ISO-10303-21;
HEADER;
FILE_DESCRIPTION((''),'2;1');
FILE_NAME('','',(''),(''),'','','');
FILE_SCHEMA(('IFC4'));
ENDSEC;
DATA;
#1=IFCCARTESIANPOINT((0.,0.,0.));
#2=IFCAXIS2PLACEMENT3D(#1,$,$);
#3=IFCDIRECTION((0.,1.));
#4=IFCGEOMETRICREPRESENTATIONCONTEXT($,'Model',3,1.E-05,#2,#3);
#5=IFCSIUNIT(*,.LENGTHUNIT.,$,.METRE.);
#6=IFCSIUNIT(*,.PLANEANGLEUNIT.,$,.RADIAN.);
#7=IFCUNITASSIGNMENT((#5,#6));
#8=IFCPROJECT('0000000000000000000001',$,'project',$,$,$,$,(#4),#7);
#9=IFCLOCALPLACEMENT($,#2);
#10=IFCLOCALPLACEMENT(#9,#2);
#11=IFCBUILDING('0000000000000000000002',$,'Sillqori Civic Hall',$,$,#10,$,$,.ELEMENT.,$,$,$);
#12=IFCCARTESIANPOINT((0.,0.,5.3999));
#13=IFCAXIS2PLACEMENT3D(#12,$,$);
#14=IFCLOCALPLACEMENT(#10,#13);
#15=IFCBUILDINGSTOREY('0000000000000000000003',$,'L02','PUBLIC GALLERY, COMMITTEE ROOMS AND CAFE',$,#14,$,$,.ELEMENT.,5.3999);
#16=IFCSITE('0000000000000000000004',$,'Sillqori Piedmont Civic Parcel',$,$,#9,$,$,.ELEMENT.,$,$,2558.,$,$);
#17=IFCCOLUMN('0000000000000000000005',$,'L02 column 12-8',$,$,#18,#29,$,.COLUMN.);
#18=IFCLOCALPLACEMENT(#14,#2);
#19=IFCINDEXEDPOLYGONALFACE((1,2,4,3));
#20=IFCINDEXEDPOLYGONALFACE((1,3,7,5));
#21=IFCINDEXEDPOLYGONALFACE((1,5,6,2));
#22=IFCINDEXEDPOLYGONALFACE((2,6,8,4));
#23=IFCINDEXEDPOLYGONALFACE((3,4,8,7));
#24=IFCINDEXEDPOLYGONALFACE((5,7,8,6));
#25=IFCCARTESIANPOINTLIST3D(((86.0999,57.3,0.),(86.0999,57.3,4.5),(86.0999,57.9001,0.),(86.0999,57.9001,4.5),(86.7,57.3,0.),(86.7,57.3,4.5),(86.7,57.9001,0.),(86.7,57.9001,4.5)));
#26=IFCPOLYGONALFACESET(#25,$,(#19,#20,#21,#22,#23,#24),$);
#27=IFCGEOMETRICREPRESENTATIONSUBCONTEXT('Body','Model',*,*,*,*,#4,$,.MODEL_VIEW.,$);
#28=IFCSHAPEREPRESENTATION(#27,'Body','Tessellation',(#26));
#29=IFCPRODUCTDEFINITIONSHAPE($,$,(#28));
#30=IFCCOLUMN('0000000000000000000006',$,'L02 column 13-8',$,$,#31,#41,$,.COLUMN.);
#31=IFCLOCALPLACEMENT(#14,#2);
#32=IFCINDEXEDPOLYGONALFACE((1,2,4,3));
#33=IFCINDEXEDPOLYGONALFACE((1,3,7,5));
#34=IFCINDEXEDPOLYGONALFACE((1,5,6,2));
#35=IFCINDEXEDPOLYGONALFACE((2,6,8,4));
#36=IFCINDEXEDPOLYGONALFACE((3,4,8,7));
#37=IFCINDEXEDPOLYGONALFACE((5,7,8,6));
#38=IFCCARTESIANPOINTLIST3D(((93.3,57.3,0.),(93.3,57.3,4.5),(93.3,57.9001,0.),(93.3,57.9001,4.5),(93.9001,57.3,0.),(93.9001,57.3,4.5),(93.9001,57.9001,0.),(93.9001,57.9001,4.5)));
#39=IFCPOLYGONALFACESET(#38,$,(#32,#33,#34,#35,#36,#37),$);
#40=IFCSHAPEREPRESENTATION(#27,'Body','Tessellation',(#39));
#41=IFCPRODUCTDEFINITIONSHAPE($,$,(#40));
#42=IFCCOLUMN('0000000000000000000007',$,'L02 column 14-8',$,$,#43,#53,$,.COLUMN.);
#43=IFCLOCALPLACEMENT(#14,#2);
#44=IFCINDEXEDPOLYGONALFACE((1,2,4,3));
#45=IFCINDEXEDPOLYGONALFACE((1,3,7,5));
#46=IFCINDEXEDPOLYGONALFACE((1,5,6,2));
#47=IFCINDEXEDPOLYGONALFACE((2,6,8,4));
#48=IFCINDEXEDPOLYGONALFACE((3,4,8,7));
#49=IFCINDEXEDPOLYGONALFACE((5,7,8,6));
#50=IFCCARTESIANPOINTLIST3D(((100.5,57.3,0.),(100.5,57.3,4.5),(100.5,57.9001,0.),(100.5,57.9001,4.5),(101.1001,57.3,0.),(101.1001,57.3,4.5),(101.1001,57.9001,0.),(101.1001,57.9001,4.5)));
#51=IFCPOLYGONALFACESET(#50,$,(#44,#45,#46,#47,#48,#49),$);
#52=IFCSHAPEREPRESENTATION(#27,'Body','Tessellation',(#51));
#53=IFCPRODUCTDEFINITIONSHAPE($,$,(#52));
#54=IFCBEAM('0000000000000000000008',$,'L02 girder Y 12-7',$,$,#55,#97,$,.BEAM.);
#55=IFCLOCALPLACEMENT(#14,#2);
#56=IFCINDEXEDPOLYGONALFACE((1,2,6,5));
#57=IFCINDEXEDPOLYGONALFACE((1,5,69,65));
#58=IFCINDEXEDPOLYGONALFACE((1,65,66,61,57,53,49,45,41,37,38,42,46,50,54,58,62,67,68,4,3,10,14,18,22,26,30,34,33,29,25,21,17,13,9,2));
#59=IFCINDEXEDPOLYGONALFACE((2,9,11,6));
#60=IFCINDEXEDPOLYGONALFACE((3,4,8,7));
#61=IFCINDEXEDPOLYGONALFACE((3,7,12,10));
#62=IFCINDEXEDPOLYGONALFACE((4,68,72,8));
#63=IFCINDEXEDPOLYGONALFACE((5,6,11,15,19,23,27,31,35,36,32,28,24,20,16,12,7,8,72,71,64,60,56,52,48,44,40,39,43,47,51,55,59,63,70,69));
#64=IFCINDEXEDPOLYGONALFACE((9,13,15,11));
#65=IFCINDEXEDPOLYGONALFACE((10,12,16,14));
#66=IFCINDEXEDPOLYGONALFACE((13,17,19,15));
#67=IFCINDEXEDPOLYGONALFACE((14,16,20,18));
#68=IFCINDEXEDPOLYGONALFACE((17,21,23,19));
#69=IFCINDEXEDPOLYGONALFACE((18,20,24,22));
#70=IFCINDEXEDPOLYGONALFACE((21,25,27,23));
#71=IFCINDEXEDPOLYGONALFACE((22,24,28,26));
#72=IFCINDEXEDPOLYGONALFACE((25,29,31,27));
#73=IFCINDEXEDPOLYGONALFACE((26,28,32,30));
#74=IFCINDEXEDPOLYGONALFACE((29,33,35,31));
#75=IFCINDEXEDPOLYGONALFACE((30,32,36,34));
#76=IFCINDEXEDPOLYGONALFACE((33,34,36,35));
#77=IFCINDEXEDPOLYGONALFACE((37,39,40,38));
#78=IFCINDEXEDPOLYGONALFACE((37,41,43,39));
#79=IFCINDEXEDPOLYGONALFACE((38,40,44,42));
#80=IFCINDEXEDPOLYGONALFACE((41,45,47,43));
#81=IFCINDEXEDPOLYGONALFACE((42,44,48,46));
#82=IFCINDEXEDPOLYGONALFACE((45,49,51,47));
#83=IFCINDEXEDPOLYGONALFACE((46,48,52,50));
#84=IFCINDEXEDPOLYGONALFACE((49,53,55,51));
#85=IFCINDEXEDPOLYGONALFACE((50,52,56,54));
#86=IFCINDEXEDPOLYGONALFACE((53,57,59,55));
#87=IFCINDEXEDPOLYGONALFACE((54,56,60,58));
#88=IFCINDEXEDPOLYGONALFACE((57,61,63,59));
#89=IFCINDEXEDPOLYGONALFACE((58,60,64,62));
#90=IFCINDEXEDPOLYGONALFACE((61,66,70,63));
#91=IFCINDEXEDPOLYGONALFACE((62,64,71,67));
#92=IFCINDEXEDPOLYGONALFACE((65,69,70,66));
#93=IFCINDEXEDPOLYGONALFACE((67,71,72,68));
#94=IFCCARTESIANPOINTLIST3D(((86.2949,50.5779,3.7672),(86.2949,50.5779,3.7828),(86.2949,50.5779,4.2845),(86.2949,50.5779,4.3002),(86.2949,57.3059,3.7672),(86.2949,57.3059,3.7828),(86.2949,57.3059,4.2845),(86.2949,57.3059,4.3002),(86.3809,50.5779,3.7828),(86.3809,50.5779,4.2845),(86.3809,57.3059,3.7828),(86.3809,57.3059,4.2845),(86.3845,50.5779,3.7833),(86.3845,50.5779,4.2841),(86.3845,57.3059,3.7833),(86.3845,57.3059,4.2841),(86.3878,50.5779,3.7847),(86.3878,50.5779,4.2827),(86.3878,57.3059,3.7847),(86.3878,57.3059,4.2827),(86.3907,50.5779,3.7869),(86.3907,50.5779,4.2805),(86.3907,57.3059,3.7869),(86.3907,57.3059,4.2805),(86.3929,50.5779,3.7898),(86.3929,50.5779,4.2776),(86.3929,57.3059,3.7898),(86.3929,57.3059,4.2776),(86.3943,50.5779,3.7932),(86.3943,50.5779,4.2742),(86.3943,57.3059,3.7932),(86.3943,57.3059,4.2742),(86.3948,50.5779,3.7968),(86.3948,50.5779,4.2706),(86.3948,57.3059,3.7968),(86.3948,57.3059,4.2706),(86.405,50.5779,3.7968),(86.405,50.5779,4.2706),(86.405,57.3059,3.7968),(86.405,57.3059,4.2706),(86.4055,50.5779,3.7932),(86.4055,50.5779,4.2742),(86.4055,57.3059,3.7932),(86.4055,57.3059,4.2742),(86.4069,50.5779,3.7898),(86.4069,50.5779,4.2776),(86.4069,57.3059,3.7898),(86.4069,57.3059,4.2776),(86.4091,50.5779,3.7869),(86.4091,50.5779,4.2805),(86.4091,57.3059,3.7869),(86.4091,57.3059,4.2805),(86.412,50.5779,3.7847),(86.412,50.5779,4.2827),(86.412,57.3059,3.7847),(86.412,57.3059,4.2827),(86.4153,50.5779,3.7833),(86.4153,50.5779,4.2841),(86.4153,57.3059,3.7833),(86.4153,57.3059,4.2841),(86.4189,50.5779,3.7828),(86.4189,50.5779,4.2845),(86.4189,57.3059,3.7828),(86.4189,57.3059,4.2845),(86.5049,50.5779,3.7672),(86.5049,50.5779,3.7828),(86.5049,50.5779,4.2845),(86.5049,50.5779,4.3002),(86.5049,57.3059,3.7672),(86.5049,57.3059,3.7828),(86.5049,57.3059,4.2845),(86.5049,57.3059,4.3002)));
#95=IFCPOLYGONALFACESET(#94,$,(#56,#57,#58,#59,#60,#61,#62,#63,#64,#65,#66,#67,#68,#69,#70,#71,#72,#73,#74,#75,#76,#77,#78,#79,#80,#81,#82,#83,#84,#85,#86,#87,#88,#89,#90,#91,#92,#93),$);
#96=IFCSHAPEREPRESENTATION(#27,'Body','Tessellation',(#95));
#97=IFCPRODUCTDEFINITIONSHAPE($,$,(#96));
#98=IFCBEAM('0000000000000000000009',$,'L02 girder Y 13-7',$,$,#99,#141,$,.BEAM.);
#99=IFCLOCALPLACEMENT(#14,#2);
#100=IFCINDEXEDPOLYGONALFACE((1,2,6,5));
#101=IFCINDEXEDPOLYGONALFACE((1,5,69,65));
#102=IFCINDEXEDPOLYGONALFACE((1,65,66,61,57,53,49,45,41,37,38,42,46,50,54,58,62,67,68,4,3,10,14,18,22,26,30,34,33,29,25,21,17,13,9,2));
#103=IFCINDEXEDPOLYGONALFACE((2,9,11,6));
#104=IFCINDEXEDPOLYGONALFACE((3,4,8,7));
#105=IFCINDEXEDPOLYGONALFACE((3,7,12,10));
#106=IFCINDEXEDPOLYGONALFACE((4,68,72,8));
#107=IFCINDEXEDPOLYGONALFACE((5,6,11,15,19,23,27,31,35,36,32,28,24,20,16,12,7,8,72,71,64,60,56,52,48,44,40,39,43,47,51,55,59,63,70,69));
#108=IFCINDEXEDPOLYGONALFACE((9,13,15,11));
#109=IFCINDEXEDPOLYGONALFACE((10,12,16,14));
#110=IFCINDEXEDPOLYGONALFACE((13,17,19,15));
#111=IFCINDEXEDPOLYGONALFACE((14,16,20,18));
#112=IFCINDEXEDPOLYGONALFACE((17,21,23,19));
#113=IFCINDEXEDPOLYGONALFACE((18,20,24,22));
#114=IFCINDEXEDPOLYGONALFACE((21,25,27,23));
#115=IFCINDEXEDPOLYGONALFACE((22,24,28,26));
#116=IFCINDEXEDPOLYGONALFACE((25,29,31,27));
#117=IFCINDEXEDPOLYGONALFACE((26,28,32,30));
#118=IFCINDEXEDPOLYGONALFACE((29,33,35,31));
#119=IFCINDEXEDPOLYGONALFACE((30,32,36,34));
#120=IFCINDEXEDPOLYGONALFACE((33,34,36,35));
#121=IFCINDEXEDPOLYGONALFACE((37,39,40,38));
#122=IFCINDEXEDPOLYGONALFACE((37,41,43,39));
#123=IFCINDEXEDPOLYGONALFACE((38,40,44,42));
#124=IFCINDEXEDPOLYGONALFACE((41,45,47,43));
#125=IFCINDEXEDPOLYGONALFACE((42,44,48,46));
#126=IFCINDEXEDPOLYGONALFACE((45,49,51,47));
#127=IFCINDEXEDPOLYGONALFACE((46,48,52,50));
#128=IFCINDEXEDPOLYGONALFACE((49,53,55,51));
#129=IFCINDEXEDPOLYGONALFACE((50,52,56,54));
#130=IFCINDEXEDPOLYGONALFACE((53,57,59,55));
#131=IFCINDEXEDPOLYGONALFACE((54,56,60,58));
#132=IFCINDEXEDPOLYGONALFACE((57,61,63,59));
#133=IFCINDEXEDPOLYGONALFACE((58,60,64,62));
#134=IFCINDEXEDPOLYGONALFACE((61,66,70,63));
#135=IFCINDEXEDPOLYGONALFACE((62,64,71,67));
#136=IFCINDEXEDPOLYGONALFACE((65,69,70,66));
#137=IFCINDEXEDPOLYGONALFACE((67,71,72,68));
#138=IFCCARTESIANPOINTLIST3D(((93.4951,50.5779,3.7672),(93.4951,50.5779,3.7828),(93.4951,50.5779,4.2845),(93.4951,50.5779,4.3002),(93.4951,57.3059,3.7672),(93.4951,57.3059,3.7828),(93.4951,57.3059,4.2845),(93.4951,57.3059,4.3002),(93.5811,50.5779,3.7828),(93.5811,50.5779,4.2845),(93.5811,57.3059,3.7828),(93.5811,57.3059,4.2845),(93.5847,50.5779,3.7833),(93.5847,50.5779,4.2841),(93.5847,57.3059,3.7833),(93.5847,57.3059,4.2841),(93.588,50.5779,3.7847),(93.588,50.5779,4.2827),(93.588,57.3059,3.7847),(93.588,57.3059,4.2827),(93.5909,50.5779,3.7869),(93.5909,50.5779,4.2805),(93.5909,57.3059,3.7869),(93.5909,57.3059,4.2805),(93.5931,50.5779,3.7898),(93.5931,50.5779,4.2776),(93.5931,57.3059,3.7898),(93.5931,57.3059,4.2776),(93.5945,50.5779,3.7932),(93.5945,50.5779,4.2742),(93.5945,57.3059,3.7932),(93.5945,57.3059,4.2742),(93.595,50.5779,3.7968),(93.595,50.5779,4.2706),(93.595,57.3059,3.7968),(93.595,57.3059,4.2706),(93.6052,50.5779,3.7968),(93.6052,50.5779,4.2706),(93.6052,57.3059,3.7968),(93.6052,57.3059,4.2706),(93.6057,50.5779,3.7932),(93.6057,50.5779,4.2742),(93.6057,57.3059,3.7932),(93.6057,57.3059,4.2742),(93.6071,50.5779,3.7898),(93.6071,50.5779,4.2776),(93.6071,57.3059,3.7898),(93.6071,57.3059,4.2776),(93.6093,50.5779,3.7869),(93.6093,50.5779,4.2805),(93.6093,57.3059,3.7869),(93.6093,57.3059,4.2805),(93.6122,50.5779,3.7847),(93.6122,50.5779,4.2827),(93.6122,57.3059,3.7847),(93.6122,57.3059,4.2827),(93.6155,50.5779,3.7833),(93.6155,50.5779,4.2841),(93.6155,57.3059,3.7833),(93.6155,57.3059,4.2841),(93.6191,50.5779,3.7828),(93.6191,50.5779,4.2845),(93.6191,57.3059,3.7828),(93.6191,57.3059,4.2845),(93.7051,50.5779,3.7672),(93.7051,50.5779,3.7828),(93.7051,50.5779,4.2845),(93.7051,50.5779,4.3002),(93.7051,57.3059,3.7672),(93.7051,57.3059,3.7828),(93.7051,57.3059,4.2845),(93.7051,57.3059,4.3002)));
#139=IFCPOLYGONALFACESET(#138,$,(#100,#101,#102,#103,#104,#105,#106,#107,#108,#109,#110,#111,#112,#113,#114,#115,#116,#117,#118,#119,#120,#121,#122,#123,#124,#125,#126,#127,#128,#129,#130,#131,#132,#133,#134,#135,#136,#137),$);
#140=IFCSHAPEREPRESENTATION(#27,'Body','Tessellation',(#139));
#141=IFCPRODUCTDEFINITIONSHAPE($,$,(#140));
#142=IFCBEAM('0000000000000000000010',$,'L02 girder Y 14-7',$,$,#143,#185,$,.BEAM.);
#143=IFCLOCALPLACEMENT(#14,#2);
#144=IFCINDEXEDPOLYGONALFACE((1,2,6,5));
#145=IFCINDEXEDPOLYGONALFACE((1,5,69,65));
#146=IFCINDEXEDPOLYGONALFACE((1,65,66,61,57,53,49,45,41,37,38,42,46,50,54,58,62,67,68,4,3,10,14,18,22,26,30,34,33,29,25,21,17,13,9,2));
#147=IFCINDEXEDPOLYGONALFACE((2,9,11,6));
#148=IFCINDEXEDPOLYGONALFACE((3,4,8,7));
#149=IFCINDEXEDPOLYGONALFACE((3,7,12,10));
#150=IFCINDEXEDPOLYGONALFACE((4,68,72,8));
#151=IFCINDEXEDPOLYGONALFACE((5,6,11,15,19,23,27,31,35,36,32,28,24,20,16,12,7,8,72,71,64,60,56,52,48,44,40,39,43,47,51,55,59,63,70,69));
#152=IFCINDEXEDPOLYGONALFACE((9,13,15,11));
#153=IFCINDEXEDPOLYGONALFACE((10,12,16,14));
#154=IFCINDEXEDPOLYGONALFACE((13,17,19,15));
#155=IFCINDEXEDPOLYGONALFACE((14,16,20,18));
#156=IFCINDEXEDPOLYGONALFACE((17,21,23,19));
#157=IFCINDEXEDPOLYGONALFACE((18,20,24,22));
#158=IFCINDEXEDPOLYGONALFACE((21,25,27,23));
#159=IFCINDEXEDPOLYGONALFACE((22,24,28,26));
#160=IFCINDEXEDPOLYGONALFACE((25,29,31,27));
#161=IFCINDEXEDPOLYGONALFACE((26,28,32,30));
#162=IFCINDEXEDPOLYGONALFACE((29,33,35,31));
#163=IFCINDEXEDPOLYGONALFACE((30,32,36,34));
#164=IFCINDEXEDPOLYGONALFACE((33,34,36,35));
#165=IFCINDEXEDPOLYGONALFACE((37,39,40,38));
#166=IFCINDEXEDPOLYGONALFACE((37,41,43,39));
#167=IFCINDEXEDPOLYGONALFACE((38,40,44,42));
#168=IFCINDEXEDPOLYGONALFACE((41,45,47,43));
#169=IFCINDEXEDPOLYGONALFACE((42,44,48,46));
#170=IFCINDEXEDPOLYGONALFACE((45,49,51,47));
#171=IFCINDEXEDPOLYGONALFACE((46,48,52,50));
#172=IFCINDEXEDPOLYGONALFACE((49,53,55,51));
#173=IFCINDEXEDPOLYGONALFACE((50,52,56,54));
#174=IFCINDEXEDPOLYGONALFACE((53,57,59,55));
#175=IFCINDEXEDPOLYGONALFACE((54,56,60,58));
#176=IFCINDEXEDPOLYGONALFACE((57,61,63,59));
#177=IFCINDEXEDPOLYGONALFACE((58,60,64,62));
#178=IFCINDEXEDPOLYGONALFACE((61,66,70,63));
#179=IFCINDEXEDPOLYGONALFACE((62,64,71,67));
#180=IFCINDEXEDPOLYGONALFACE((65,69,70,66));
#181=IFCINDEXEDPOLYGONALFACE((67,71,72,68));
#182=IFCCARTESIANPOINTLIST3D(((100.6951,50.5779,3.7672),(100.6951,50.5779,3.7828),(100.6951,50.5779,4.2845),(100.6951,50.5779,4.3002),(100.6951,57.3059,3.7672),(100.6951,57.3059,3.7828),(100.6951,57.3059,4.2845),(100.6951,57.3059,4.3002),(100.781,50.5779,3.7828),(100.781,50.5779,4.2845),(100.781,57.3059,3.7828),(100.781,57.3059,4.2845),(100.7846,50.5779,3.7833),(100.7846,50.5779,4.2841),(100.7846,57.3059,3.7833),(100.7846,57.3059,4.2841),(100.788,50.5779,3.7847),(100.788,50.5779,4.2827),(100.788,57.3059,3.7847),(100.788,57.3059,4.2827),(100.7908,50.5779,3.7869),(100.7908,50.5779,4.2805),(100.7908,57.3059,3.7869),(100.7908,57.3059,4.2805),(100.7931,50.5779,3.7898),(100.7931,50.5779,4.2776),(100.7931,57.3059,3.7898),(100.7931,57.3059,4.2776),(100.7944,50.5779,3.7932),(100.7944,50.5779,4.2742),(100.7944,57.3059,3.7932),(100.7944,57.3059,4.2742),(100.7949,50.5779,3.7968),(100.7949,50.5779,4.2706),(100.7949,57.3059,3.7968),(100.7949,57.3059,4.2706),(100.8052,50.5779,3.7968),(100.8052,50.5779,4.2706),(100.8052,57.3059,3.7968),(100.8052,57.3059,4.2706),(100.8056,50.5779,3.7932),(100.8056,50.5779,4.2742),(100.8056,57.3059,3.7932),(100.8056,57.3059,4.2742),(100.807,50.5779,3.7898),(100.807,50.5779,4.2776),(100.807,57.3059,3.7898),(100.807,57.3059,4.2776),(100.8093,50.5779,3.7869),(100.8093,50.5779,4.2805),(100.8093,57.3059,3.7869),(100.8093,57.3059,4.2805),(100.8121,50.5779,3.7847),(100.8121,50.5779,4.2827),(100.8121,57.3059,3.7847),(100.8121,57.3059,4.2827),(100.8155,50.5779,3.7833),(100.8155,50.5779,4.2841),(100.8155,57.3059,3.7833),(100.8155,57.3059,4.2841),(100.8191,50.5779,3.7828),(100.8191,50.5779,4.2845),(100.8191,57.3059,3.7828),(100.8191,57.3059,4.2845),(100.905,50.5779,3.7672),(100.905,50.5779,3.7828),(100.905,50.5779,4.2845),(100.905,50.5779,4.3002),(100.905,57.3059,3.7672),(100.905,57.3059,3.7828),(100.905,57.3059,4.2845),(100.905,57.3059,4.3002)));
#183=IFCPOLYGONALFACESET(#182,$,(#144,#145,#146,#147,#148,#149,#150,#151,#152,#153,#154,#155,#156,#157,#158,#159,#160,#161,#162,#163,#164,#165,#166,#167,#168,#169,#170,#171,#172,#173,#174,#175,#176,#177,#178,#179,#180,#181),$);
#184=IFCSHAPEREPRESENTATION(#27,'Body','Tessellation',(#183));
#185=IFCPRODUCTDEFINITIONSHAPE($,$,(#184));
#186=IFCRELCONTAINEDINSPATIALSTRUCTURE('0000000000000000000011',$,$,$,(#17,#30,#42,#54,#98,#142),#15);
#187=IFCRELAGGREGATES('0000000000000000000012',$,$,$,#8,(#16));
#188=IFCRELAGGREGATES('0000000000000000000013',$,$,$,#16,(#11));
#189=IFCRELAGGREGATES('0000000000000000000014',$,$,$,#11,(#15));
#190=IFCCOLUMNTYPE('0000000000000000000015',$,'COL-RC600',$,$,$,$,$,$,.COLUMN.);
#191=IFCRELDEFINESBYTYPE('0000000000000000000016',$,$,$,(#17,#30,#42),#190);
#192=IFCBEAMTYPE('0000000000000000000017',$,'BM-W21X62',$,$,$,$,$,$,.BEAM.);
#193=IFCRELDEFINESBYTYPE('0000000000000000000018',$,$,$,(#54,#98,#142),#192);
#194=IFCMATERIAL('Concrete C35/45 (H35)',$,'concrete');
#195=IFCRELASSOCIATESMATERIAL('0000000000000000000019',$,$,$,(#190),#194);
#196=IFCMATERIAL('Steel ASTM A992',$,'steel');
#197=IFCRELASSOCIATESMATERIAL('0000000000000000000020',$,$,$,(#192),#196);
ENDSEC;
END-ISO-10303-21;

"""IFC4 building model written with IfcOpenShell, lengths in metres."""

from ifc_helpers import new_model, si_unit, direction, frame, origin, origin_2d, place, context, subcontext, project, spatial, rectangle, i_section, extrude, material, material_profile, profile_set, type_object, element, save


model = new_model("IFC4")

# Units and contexts
model_context = context("Model", 3, precision=1e-05, world=origin(), true_north=direction((0.0, 1.0)))
body_context = subcontext(model_context, "Body", "Model", "MODEL_VIEW")
ifc_project = project(units=[si_unit("LENGTHUNIT", "METRE"), si_unit("PLANEANGLEUNIT", "RADIAN")], contexts=[model_context])

# Site, building, storey
site_placement = place(None, origin())
site = spatial("IfcSite", under=ifc_project, at=site_placement, Name="Sillqori Piedmont Civic Parcel", CompositionType="ELEMENT", RefElevation=2558.0)
building_placement = place(site_placement, origin())
building = spatial("IfcBuilding", under=site, at=building_placement, Name="Sillqori Civic Hall", CompositionType="ELEMENT")
storey_placement = place(building_placement, frame((0.0, 0.0, 5.3999)))
storey = spatial("IfcBuildingStorey", under=building, at=storey_placement, Name="L02", Description="PUBLIC GALLERY, COMMITTEE ROOMS AND CAFE", CompositionType="ELEMENT", Elevation=5.3999)

# Columns
ifc_material_1 = material(Name="Concrete C35/45 (H35)", Category="concrete")
ifc_material_profile_1 = material_profile(ifc_material_1, rectangle(XDim=0.6001, YDim=0.6001, at=origin_2d()), Name="RC 600x600")
ifc_profile_set_1 = profile_set([ifc_material_profile_1], Name="Concrete C35/45 (H35)")
column_type = type_object("IfcColumnType", Name="COL-RC600", PredefinedType="COLUMN", material=ifc_profile_set_1)
for number, where, z_axis, x_axis, name in (
    (1, (86.3999, 57.6001, 0.0), (0.0, 0.0, 1.0), (1.0, 0.0, 0.0), "L02 column 12-8"),
    (2, (93.6001, 57.6001, 0.0), (0.0, 0.0, 1.0), (1.0, 0.0, 0.0), "L02 column 13-8"),
    (3, (100.8, 57.6001, 0.0), (0.0, 0.0, 1.0), (1.0, 0.0, 0.0), "L02 column 14-8"),
):
    element("IfcColumn", number, at=place(storey_placement, frame(where, z_axis=z_axis, x_axis=x_axis)), inside=storey, type_object=column_type, Name=name, PredefinedType="COLUMN", context=body_context, shape_type="SweptSolid", body=[
        extrude(rectangle(XDim=0.6001, YDim=0.6001, at=origin_2d()), origin(), (0.0, 0.0, 1.0), 4.5),
    ])

# Beams
ifc_material_2 = material(Name="Steel ASTM A992", Category="steel")
ifc_material_profile_2 = material_profile(ifc_material_2, i_section(OverallWidth=0.21, OverallDepth=0.533, WebThickness=0.0103, FlangeThickness=0.0156, FilletRadius=0.0139, at=origin_2d()), Name="W21X62")
ifc_profile_set_2 = profile_set([ifc_material_profile_2], Name="Steel ASTM A992")
beam_type_1 = type_object("IfcBeamType", Name="BM-W21X62", PredefinedType="BEAM", material=ifc_profile_set_2)
for number, where, z_axis, x_axis, name in (
    (4, (86.3999, 50.5779, 4.0337), (0.0, 1.0, 0.0), (-1.0, 0.0, 0.0), "L02 girder Y 12-7"),
    (5, (93.6001, 50.5779, 4.0337), (0.0, 1.0, 0.0), (-1.0, 0.0, 0.0), "L02 girder Y 13-7"),
    (6, (100.8, 50.5779, 4.0337), (0.0, 1.0, 0.0), (-1.0, 0.0, 0.0), "L02 girder Y 14-7"),
):
    element("IfcBeam", number, at=place(storey_placement, frame(where, z_axis=z_axis, x_axis=x_axis)), inside=storey, type_object=beam_type_1, Name=name, PredefinedType="BEAM", context=body_context, shape_type="SweptSolid", body=[
        extrude(i_section(OverallWidth=0.21, OverallDepth=0.533, WebThickness=0.0103, FlangeThickness=0.0156, FilletRadius=0.0139, at=origin_2d()), origin(), (0.0, 0.0, 1.0), 6.728),
    ])

save(model, "model.ifc")
